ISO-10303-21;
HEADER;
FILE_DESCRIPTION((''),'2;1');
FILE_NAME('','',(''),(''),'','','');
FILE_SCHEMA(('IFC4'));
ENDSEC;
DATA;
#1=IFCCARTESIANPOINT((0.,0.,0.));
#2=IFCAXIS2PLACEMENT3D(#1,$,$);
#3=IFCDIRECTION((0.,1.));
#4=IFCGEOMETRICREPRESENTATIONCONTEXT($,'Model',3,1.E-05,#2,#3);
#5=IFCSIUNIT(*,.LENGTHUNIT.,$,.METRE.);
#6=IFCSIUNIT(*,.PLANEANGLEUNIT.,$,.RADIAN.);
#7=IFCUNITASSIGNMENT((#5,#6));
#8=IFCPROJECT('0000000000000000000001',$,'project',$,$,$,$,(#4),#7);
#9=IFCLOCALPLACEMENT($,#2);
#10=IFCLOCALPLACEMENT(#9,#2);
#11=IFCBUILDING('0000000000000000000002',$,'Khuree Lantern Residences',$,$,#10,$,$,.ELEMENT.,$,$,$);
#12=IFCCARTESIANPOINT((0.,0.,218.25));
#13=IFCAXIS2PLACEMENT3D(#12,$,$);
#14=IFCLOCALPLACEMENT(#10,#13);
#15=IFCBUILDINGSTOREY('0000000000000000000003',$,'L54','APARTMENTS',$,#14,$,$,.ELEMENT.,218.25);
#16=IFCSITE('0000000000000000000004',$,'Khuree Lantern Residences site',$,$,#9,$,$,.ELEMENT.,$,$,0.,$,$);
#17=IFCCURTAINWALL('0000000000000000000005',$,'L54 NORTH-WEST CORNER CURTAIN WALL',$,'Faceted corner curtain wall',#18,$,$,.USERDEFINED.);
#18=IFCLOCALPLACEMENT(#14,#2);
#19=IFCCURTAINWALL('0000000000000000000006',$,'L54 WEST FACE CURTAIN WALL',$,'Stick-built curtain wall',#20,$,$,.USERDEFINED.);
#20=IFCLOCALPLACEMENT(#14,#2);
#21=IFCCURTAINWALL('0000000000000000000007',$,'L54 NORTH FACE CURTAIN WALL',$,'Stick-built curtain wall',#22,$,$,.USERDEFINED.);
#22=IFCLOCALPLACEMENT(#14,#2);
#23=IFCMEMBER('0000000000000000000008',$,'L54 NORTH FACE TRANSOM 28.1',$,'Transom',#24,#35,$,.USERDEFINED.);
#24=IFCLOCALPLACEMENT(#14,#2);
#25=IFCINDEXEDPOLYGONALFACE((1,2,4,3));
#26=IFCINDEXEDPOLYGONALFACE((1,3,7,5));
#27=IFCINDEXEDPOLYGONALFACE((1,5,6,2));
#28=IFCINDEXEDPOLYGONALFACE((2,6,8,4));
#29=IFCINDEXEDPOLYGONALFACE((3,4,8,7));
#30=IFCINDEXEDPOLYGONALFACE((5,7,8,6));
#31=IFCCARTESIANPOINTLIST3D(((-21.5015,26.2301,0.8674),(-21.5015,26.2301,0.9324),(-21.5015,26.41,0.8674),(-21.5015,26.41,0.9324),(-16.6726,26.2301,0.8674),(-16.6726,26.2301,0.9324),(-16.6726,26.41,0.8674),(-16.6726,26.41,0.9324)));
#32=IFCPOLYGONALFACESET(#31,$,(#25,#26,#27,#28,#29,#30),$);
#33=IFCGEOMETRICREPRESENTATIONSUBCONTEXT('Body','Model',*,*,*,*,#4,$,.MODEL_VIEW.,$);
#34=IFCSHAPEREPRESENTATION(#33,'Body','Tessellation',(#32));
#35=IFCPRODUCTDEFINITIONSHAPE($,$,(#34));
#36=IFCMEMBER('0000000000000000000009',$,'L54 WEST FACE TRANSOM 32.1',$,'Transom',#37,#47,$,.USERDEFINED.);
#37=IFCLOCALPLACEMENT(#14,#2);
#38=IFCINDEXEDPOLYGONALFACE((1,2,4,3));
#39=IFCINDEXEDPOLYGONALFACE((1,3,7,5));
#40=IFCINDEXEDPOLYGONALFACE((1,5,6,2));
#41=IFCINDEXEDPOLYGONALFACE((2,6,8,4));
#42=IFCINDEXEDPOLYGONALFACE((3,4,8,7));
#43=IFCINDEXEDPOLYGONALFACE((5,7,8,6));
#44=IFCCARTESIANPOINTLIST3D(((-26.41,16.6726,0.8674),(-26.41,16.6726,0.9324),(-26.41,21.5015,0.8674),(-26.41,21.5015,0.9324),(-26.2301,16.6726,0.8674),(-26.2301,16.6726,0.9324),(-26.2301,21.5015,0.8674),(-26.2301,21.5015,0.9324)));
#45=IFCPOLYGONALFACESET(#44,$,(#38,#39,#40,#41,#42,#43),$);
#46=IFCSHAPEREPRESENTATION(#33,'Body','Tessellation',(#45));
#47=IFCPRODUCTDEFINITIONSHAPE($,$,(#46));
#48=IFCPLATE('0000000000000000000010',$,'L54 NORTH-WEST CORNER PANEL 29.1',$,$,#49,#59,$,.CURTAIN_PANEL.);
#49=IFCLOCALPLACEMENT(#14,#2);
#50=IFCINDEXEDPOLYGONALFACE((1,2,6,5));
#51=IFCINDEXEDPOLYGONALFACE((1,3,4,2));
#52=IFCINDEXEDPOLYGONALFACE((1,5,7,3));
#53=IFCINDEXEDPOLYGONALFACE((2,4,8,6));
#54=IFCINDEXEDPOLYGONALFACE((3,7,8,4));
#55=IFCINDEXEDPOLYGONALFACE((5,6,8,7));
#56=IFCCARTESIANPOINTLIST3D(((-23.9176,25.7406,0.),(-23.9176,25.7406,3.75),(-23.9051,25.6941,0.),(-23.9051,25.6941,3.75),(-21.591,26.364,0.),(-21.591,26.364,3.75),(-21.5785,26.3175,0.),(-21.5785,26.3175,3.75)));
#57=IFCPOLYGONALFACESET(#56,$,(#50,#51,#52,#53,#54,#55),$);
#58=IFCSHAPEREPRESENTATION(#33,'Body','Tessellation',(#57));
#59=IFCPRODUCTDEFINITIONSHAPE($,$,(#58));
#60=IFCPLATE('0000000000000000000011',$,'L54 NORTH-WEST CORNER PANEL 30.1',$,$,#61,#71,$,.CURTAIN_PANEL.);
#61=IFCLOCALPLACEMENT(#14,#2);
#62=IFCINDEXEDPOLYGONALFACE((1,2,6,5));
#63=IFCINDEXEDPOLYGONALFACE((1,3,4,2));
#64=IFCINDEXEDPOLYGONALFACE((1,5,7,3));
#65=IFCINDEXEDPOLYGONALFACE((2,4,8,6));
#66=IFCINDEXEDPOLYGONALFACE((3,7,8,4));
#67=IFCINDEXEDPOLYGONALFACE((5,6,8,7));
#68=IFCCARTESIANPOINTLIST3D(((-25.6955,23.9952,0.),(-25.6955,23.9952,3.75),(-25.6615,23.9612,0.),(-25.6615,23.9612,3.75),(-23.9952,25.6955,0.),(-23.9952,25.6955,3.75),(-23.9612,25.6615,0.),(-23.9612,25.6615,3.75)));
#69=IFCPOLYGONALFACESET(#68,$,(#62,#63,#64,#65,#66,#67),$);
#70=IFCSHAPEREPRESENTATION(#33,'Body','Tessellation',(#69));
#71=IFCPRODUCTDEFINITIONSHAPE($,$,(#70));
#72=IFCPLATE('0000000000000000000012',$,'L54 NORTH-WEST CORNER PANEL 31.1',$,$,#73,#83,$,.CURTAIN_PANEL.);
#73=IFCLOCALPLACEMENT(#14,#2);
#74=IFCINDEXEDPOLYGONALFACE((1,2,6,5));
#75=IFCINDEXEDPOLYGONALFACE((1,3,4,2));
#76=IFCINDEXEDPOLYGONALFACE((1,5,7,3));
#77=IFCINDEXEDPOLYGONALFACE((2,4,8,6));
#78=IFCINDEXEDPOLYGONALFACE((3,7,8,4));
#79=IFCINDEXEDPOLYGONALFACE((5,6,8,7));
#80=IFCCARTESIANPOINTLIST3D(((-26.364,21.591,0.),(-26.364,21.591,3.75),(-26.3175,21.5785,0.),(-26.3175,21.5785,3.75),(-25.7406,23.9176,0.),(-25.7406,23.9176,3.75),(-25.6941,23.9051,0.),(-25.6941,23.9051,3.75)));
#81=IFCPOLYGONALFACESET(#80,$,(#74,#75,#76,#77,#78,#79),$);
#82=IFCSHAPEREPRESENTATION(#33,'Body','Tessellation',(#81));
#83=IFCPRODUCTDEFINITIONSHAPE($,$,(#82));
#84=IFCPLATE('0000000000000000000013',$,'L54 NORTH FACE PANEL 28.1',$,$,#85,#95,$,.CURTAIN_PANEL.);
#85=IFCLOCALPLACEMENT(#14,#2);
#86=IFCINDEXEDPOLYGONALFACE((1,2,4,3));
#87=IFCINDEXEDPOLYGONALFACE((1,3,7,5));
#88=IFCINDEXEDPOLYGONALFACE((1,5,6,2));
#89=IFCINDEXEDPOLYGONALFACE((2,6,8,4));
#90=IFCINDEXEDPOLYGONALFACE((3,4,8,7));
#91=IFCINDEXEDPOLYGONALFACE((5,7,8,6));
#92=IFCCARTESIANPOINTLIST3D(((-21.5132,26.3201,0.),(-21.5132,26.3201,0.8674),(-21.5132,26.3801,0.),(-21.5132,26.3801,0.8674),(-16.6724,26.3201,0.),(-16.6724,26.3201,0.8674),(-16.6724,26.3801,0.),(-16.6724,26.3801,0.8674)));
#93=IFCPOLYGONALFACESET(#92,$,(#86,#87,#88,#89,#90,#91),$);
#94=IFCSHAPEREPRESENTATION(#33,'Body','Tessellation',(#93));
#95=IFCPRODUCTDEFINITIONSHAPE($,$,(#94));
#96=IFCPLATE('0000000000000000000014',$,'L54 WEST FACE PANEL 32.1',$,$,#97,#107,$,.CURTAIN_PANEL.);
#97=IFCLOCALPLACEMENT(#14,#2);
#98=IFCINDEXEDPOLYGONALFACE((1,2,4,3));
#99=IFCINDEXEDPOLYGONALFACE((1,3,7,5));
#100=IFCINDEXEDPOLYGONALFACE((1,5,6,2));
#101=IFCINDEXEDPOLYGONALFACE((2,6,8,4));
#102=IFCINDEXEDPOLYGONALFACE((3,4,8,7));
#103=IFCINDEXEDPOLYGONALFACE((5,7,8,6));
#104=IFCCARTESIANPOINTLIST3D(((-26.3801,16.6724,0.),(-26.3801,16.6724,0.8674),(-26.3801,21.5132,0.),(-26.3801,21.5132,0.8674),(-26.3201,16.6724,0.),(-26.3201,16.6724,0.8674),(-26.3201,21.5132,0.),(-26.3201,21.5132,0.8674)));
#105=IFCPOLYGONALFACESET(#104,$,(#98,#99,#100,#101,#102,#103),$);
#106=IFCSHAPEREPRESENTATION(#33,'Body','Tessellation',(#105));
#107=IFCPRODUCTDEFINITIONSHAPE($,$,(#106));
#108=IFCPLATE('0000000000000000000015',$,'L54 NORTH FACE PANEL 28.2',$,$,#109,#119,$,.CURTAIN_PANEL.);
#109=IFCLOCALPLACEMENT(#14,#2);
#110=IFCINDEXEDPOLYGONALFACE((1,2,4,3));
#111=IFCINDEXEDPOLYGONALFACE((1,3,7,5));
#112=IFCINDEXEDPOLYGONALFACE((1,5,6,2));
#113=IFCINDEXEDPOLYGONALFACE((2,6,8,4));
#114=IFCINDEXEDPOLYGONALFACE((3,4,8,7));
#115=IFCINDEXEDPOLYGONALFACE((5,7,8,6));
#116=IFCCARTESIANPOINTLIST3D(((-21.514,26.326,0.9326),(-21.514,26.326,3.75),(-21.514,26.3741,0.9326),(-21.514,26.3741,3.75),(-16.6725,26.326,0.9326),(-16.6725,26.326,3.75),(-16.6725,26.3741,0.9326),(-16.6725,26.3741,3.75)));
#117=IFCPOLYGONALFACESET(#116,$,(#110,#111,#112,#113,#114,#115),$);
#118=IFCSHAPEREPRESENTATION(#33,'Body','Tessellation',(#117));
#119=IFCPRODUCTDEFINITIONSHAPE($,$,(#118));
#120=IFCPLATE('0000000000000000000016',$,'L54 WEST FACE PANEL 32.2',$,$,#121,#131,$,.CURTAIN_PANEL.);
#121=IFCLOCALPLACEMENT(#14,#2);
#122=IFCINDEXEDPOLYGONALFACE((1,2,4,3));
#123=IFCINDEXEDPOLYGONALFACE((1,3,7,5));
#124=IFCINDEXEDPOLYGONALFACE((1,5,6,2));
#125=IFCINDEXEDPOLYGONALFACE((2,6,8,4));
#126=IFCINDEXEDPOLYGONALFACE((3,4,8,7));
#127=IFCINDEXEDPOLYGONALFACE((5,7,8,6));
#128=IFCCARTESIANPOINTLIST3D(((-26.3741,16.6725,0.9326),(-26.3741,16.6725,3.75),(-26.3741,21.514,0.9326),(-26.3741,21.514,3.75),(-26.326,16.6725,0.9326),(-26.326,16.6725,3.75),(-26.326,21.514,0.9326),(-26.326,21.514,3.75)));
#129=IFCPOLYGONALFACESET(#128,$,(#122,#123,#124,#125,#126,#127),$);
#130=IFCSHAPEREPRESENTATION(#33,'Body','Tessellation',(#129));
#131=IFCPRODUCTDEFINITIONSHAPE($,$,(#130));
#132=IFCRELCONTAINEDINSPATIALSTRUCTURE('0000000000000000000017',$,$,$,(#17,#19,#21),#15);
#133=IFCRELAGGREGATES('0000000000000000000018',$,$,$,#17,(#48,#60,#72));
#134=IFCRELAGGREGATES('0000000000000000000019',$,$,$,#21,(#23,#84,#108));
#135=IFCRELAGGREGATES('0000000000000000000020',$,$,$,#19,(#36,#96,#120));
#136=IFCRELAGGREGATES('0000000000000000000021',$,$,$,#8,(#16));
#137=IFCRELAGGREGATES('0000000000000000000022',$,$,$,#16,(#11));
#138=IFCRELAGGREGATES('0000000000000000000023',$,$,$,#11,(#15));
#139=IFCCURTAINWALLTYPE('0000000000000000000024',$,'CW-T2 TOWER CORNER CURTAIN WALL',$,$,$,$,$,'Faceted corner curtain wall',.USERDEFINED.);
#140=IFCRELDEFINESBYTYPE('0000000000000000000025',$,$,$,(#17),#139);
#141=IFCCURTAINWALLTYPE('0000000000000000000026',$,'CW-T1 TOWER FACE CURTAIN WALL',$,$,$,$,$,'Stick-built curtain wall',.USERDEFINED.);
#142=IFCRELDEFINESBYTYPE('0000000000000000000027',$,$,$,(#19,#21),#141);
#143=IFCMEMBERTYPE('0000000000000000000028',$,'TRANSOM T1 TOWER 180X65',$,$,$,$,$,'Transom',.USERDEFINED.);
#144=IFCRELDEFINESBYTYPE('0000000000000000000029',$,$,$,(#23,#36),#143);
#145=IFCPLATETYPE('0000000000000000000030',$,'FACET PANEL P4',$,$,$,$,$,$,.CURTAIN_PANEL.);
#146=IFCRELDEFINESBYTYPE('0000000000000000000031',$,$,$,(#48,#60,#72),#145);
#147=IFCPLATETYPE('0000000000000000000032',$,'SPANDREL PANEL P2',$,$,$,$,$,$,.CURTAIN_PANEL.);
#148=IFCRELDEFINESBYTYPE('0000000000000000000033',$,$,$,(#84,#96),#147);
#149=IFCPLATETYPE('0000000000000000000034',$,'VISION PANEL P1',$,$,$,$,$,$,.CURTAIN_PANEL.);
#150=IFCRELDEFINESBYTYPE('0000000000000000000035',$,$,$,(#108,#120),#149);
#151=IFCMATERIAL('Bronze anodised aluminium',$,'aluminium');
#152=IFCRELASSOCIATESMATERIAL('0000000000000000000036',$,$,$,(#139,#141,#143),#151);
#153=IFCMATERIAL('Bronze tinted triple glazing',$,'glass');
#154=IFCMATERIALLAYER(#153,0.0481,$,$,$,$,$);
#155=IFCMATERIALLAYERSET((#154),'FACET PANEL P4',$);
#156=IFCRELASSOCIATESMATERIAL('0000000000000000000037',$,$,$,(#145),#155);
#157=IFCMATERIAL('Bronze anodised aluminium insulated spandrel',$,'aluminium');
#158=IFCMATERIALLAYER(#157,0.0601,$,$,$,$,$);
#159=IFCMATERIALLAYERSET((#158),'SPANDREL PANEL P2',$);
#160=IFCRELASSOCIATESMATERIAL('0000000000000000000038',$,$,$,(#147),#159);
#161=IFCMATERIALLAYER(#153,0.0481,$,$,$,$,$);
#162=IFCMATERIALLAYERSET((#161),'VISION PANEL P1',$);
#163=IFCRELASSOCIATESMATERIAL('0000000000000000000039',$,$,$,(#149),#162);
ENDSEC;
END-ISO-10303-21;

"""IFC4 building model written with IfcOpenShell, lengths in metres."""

from ifc_helpers import new_model, si_unit, direction, frame, origin, origin_2d, place, context, subcontext, project, spatial, rectangle, extrude, material, layer, layer_set, material_profile, profile_set, type_object, element, aggregate, save


model = new_model("IFC4")

# Units and contexts
model_context = context("Model", 3, precision=1e-05, world=origin(), true_north=direction((0.0, 1.0)))
body_context = subcontext(model_context, "Body", "Model", "MODEL_VIEW")
ifc_project = project(units=[si_unit("LENGTHUNIT", "METRE"), si_unit("PLANEANGLEUNIT", "RADIAN")], contexts=[model_context])

# Site, building, storey
site_placement = place(None, origin())
site = spatial("IfcSite", under=ifc_project, at=site_placement, Name="Khuree Lantern Residences site", CompositionType="ELEMENT", RefElevation=0.0)
building_placement = place(site_placement, origin())
building = spatial("IfcBuilding", under=site, at=building_placement, Name="Khuree Lantern Residences", CompositionType="ELEMENT")
storey_placement = place(building_placement, frame((0.0, 0.0, 218.25)))
storey = spatial("IfcBuildingStorey", under=building, at=storey_placement, Name="L54", Description="APARTMENTS", CompositionType="ELEMENT", Elevation=218.25)

# Curtain wall
ifc_material_1 = material(Name="Bronze anodised aluminium", Category="aluminium")
curtain_wall_type_1 = type_object("IfcCurtainWallType", Name="CW-T2 TOWER CORNER CURTAIN WALL", ElementType="Faceted corner curtain wall", PredefinedType="USERDEFINED", material=ifc_material_1)
curtain_wall_1_placement = place(storey_placement, origin())
curtain_wall_1 = element("IfcCurtainWall", 1, at=curtain_wall_1_placement, inside=storey, type_object=curtain_wall_type_1, Name="L54 NORTH-WEST CORNER CURTAIN WALL", ObjectType="Faceted corner curtain wall", PredefinedType="USERDEFINED")

# Curtain walls, member
curtain_wall_type_2 = type_object("IfcCurtainWallType", Name="CW-T1 TOWER FACE CURTAIN WALL", ElementType="Stick-built curtain wall", PredefinedType="USERDEFINED", material=ifc_material_1)
curtain_wall_2_placement = place(storey_placement, origin())
curtain_wall_2 = element("IfcCurtainWall", 2, at=curtain_wall_2_placement, inside=storey, type_object=curtain_wall_type_2, Name="L54 WEST FACE CURTAIN WALL", ObjectType="Stick-built curtain wall", PredefinedType="USERDEFINED")
curtain_wall_3_placement = place(storey_placement, origin())
curtain_wall_3 = element("IfcCurtainWall", 3, at=curtain_wall_3_placement, inside=storey, type_object=curtain_wall_type_2, Name="L54 NORTH FACE CURTAIN WALL", ObjectType="Stick-built curtain wall", PredefinedType="USERDEFINED")
ifc_material_profile_1 = material_profile(ifc_material_1, rectangle(XDim=0.1799, YDim=0.0649, at=origin_2d()), Name="T1 180X65")
ifc_profile_set_1 = profile_set([ifc_material_profile_1], Name="Bronze anodised aluminium")
member_type_1 = type_object("IfcMemberType", Name="TRANSOM T1 TOWER 180X65", ElementType="Transom", PredefinedType="USERDEFINED", material=ifc_profile_set_1)
member_1_placement = place(storey_placement, frame((-16.6726, 26.3201, 0.8999), z_axis=(-1.0, 0.0, 0.0), x_axis=(0.0, -1.0, 0.0)))
member_1 = element("IfcMember", 4, at=member_1_placement, type_object=member_type_1, Name="L54 NORTH FACE TRANSOM 28.1", ObjectType="Transom", PredefinedType="USERDEFINED", context=body_context, shape_type="SweptSolid", body=[
    extrude(rectangle(XDim=0.1799, YDim=0.0649, at=origin_2d()), origin(), (0.0, 0.0, 1.0), 4.8289),
])

# Member
member_2_placement = place(storey_placement, frame((-26.3201, 21.5015, 0.8999), z_axis=(0.0, -1.0, 0.0), x_axis=(1.0, 0.0, 0.0)))
member_2 = element("IfcMember", 5, at=member_2_placement, type_object=member_type_1, Name="L54 WEST FACE TRANSOM 32.1", ObjectType="Transom", PredefinedType="USERDEFINED", context=body_context, shape_type="SweptSolid", body=[
    extrude(rectangle(XDim=0.1799, YDim=0.0649, at=origin_2d()), origin(), (0.0, 0.0, 1.0), 4.8289),
])

# Plates
ifc_material_2 = material(Name="Bronze tinted triple glazing", Category="glass")
ifc_layer_1 = layer(ifc_material_2, 0.0481)
ifc_layer_set_1 = layer_set([ifc_layer_1], Name="FACET PANEL P4")
plate_type_1 = type_object("IfcPlateType", Name="FACET PANEL P4", PredefinedType="CURTAIN_PANEL", material=ifc_layer_set_1)
plate_1_placement = place(storey_placement, frame((-22.748, 26.0291, 0.0), z_axis=(0.0, 0.0, 1.0), x_axis=(-0.965926, -0.258819, 0.0)))
plate_1 = element("IfcPlate", 6, at=plate_1_placement, type_object=plate_type_1, Name="L54 NORTH-WEST CORNER PANEL 29.1", PredefinedType="CURTAIN_PANEL", context=body_context, shape_type="SweptSolid", body=[
    extrude(rectangle(XDim=2.4087, YDim=0.0481, at=origin_2d()), origin(), (0.0, 0.0, 1.0), 3.75),
])
plate_2_placement = place(storey_placement, frame((-24.8284, 24.8284, 0.0), z_axis=(0.0, 0.0, 1.0), x_axis=(-0.707107, -0.707107, 0.0)))
plate_2 = element("IfcPlate", 7, at=plate_2_placement, type_object=plate_type_1, Name="L54 NORTH-WEST CORNER PANEL 30.1", PredefinedType="CURTAIN_PANEL", context=body_context, shape_type="SweptSolid", body=[
    extrude(rectangle(XDim=2.4045, YDim=0.0481, at=origin_2d()), origin(), (0.0, 0.0, 1.0), 3.75),
])
plate_3_placement = place(storey_placement, frame((-26.0291, 22.748, 0.0), z_axis=(0.0, 0.0, 1.0), x_axis=(-0.258819, -0.965926, 0.0)))
plate_3 = element("IfcPlate", 8, at=plate_3_placement, type_object=plate_type_1, Name="L54 NORTH-WEST CORNER PANEL 31.1", PredefinedType="CURTAIN_PANEL", context=body_context, shape_type="SweptSolid", body=[
    extrude(rectangle(XDim=2.4087, YDim=0.0481, at=origin_2d()), origin(), (0.0, 0.0, 1.0), 3.75),
])
aggregate(curtain_wall_1, [plate_1, plate_2, plate_3])
ifc_material_3 = material(Name="Bronze anodised aluminium insulated spandrel", Category="aluminium")
ifc_layer_2 = layer(ifc_material_3, 0.0601)
ifc_layer_set_2 = layer_set([ifc_layer_2], Name="SPANDREL PANEL P2")
plate_type_2 = type_object("IfcPlateType", Name="SPANDREL PANEL P2", PredefinedType="CURTAIN_PANEL", material=ifc_layer_set_2)
plate_4_placement = place(storey_placement, frame((-19.0928, 26.3501, 0.0), z_axis=(0.0, 0.0, 1.0), x_axis=(-1.0, 0.0, 0.0)))
plate_4 = element("IfcPlate", 9, at=plate_4_placement, type_object=plate_type_2, Name="L54 NORTH FACE PANEL 28.1", PredefinedType="CURTAIN_PANEL", context=body_context, shape_type="SweptSolid", body=[
    extrude(rectangle(XDim=4.8408, YDim=0.0601, at=origin_2d()), origin(), (0.0, 0.0, 1.0), 0.8674),
])
plate_5_placement = place(storey_placement, frame((-26.3501, 19.0928, 0.0), z_axis=(0.0, 0.0, 1.0), x_axis=(0.0, -1.0, 0.0)))
plate_5 = element("IfcPlate", 10, at=plate_5_placement, type_object=plate_type_2, Name="L54 WEST FACE PANEL 32.1", PredefinedType="CURTAIN_PANEL", context=body_context, shape_type="SweptSolid", body=[
    extrude(rectangle(XDim=4.8408, YDim=0.0601, at=origin_2d()), origin(), (0.0, 0.0, 1.0), 0.8674),
])
ifc_layer_3 = layer(ifc_material_2, 0.0481)
ifc_layer_set_3 = layer_set([ifc_layer_3], Name="VISION PANEL P1")
plate_type_3 = type_object("IfcPlateType", Name="VISION PANEL P1", PredefinedType="CURTAIN_PANEL", material=ifc_layer_set_3)
plate_6_placement = place(storey_placement, frame((-19.0933, 26.3501, 0.9326), z_axis=(0.0, 0.0, 1.0), x_axis=(-1.0, 0.0, 0.0)))
plate_6 = element("IfcPlate", 11, at=plate_6_placement, type_object=plate_type_3, Name="L54 NORTH FACE PANEL 28.2", PredefinedType="CURTAIN_PANEL", context=body_context, shape_type="SweptSolid", body=[
    extrude(rectangle(XDim=4.8416, YDim=0.0481, at=origin_2d()), origin(), (0.0, 0.0, 1.0), 2.8174),
])
aggregate(curtain_wall_3, [member_1, plate_4, plate_6])
plate_7_placement = place(storey_placement, frame((-26.3501, 19.0933, 0.9326), z_axis=(0.0, 0.0, 1.0), x_axis=(0.0, -1.0, 0.0)))
plate_7 = element("IfcPlate", 12, at=plate_7_placement, type_object=plate_type_3, Name="L54 WEST FACE PANEL 32.2", PredefinedType="CURTAIN_PANEL", context=body_context, shape_type="SweptSolid", body=[
    extrude(rectangle(XDim=4.8416, YDim=0.0481, at=origin_2d()), origin(), (0.0, 0.0, 1.0), 2.8174),
])
aggregate(curtain_wall_2, [member_2, plate_5, plate_7])

save(model, "model.ifc")
